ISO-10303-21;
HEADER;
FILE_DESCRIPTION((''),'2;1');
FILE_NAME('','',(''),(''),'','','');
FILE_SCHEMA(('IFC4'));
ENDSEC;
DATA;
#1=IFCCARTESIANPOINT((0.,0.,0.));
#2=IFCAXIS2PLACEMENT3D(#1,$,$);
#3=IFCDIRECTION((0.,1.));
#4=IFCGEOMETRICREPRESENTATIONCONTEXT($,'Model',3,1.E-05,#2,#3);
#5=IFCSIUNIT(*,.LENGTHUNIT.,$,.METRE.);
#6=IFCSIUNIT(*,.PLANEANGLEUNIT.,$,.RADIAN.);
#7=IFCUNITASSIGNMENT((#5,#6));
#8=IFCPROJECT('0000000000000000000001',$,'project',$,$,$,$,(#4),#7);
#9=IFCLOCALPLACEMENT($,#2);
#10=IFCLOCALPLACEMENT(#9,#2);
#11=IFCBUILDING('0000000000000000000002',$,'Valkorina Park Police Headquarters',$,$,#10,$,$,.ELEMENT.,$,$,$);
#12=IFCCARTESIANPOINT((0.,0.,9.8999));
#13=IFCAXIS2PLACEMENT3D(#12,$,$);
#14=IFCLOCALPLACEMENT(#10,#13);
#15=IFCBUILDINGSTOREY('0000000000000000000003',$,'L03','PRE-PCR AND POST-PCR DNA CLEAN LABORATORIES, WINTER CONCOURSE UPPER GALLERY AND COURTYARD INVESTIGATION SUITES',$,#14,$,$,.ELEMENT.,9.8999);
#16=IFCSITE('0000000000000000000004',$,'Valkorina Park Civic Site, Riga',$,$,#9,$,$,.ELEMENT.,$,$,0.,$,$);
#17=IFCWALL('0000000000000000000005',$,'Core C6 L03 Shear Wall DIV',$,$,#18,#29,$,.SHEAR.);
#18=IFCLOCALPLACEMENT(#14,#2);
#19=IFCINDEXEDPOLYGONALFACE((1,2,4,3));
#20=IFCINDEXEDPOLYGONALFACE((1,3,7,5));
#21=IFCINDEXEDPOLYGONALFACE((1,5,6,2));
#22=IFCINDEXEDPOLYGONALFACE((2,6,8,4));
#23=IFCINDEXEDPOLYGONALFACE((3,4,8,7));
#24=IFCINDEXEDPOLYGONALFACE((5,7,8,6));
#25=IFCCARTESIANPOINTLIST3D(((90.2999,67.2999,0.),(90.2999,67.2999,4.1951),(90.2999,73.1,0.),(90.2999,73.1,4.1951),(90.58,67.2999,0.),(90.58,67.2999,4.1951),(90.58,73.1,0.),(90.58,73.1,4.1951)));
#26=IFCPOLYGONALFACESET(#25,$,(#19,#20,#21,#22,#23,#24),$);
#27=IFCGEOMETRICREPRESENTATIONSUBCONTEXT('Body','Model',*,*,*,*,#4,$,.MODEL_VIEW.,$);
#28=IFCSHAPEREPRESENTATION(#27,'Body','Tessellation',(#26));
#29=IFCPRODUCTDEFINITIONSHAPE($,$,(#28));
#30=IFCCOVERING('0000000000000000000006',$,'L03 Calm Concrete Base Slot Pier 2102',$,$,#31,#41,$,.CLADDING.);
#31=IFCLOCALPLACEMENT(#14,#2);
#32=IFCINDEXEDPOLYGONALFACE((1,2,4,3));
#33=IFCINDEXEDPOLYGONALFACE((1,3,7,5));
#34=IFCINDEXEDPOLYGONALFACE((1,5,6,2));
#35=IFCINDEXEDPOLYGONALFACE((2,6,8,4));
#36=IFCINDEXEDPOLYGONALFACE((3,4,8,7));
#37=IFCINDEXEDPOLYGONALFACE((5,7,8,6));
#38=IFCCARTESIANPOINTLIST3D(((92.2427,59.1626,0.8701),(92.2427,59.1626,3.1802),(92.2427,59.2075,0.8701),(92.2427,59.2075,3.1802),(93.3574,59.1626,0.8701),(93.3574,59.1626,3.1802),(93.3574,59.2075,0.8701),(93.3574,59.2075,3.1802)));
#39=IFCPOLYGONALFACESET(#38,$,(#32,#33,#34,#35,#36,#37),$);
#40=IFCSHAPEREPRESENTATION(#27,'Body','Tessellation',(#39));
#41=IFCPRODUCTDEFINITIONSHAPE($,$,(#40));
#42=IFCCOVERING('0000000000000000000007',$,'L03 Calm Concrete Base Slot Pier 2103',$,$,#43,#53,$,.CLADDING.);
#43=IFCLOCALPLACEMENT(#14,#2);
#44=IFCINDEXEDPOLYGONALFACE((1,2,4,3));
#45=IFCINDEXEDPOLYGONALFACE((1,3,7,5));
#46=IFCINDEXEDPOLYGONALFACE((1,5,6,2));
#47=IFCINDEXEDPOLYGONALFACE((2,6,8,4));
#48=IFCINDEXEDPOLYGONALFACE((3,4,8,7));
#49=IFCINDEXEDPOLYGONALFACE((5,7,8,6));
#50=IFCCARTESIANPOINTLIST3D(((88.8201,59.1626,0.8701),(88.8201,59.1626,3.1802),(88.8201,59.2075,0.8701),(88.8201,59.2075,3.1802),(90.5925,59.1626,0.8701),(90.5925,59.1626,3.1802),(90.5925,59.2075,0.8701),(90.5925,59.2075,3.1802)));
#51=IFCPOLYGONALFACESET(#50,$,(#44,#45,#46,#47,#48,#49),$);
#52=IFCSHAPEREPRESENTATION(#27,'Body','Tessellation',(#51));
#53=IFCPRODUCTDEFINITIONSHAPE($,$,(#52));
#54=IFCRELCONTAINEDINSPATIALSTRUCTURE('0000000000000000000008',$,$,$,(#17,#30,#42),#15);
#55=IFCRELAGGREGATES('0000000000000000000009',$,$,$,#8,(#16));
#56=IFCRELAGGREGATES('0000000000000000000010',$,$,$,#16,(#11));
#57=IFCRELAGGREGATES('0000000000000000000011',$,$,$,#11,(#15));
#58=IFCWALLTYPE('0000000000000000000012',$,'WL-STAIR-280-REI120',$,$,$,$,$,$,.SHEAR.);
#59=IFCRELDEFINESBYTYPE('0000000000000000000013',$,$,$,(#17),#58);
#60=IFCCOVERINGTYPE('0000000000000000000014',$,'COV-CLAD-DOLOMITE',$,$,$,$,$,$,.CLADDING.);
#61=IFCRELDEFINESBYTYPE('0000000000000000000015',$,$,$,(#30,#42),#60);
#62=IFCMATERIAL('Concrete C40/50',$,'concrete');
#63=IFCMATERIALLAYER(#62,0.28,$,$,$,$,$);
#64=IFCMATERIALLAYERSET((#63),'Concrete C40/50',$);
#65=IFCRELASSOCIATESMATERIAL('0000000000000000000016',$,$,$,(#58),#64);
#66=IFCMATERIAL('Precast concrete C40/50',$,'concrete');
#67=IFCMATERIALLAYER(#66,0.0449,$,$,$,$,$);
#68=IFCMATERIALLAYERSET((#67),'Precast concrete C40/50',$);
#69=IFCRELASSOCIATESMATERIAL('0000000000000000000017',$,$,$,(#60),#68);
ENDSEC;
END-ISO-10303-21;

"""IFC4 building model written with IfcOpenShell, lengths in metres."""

from ifc_helpers import new_model, si_unit, direction, frame, frame_2d, origin, place, context, subcontext, project, spatial, rectangle, extrude, material, layer, layer_set, type_object, element, save


model = new_model("IFC4")

# Units and contexts
model_context = context("Model", 3, precision=1e-05, world=origin(), true_north=direction((0.0, 1.0)))
body_context = subcontext(model_context, "Body", "Model", "MODEL_VIEW")
ifc_project = project(units=[si_unit("LENGTHUNIT", "METRE"), si_unit("PLANEANGLEUNIT", "RADIAN")], contexts=[model_context])

# Site, building, storey
site_placement = place(None, origin())
site = spatial("IfcSite", under=ifc_project, at=site_placement, Name="Valkorina Park Civic Site, Riga", CompositionType="ELEMENT", RefElevation=0.0)
building_placement = place(site_placement, origin())
building = spatial("IfcBuilding", under=site, at=building_placement, Name="Valkorina Park Police Headquarters", CompositionType="ELEMENT")
storey_placement = place(building_placement, frame((0.0, 0.0, 9.8999)))
storey = spatial("IfcBuildingStorey", under=building, at=storey_placement, Name="L03", Description="PRE-PCR AND POST-PCR DNA CLEAN LABORATORIES, WINTER CONCOURSE UPPER GALLERY AND COURTYARD INVESTIGATION SUITES", CompositionType="ELEMENT", Elevation=9.8999)

# Shared definitions
ifc_material_1 = material(Name="Concrete C40/50", Category="concrete")

# Wall
ifc_layer_1 = layer(ifc_material_1, 0.28)
ifc_layer_set_1 = layer_set([ifc_layer_1], Name="Concrete C40/50")
wall_type_1 = type_object("IfcWallType", Name="WL-STAIR-280-REI120", PredefinedType="SHEAR", material=ifc_layer_set_1)
wall_1_placement = place(storey_placement, frame((90.4399, 67.3, 0.0), z_axis=(0.0, 0.0, 1.0), x_axis=(0.0, 1.0, 0.0)))
element("IfcWall", 1, at=wall_1_placement, inside=storey, type_object=wall_type_1, Name="Core C6 L03 Shear Wall DIV", PredefinedType="SHEAR", context=body_context, shape_type="SweptSolid", body=[
    extrude(rectangle(XDim=5.8, YDim=0.28, at=frame_2d((2.8999, 0.0))), origin(), (0.0, 0.0, 1.0), 4.1951),
])

# Coverings
ifc_material_2 = material(Name="Precast concrete C40/50", Category="concrete")
ifc_layer_2 = layer(ifc_material_2, 0.0449)
ifc_layer_set_2 = layer_set([ifc_layer_2], Name="Precast concrete C40/50")
covering_type = type_object("IfcCoveringType", Name="COV-CLAD-DOLOMITE", PredefinedType="CLADDING", material=ifc_layer_set_2)
covering_1_placement = place(storey_placement, frame((93.3574, 59.1851, 0.8701), z_axis=(0.0, 0.0, 1.0), x_axis=(-1.0, 0.0, 0.0)))
element("IfcCovering", 2, at=covering_1_placement, inside=storey, type_object=covering_type, Name="L03 Calm Concrete Base Slot Pier 2102", PredefinedType="CLADDING", context=body_context, shape_type="SweptSolid", body=[
    extrude(rectangle(XDim=1.1147, YDim=0.0449, at=frame_2d((0.5574, 0.0))), origin(), (0.0, 0.0, 1.0), 2.3101),
])
covering_2_placement = place(storey_placement, frame((90.5925, 59.1851, 0.8701), z_axis=(0.0, 0.0, 1.0), x_axis=(-1.0, 0.0, 0.0)))
element("IfcCovering", 3, at=covering_2_placement, inside=storey, type_object=covering_type, Name="L03 Calm Concrete Base Slot Pier 2103", PredefinedType="CLADDING", context=body_context, shape_type="SweptSolid", body=[
    extrude(rectangle(XDim=1.7725, YDim=0.0449, at=frame_2d((0.8862, 0.0))), origin(), (0.0, 0.0, 1.0), 2.3101),
])

save(model, "model.ifc")
